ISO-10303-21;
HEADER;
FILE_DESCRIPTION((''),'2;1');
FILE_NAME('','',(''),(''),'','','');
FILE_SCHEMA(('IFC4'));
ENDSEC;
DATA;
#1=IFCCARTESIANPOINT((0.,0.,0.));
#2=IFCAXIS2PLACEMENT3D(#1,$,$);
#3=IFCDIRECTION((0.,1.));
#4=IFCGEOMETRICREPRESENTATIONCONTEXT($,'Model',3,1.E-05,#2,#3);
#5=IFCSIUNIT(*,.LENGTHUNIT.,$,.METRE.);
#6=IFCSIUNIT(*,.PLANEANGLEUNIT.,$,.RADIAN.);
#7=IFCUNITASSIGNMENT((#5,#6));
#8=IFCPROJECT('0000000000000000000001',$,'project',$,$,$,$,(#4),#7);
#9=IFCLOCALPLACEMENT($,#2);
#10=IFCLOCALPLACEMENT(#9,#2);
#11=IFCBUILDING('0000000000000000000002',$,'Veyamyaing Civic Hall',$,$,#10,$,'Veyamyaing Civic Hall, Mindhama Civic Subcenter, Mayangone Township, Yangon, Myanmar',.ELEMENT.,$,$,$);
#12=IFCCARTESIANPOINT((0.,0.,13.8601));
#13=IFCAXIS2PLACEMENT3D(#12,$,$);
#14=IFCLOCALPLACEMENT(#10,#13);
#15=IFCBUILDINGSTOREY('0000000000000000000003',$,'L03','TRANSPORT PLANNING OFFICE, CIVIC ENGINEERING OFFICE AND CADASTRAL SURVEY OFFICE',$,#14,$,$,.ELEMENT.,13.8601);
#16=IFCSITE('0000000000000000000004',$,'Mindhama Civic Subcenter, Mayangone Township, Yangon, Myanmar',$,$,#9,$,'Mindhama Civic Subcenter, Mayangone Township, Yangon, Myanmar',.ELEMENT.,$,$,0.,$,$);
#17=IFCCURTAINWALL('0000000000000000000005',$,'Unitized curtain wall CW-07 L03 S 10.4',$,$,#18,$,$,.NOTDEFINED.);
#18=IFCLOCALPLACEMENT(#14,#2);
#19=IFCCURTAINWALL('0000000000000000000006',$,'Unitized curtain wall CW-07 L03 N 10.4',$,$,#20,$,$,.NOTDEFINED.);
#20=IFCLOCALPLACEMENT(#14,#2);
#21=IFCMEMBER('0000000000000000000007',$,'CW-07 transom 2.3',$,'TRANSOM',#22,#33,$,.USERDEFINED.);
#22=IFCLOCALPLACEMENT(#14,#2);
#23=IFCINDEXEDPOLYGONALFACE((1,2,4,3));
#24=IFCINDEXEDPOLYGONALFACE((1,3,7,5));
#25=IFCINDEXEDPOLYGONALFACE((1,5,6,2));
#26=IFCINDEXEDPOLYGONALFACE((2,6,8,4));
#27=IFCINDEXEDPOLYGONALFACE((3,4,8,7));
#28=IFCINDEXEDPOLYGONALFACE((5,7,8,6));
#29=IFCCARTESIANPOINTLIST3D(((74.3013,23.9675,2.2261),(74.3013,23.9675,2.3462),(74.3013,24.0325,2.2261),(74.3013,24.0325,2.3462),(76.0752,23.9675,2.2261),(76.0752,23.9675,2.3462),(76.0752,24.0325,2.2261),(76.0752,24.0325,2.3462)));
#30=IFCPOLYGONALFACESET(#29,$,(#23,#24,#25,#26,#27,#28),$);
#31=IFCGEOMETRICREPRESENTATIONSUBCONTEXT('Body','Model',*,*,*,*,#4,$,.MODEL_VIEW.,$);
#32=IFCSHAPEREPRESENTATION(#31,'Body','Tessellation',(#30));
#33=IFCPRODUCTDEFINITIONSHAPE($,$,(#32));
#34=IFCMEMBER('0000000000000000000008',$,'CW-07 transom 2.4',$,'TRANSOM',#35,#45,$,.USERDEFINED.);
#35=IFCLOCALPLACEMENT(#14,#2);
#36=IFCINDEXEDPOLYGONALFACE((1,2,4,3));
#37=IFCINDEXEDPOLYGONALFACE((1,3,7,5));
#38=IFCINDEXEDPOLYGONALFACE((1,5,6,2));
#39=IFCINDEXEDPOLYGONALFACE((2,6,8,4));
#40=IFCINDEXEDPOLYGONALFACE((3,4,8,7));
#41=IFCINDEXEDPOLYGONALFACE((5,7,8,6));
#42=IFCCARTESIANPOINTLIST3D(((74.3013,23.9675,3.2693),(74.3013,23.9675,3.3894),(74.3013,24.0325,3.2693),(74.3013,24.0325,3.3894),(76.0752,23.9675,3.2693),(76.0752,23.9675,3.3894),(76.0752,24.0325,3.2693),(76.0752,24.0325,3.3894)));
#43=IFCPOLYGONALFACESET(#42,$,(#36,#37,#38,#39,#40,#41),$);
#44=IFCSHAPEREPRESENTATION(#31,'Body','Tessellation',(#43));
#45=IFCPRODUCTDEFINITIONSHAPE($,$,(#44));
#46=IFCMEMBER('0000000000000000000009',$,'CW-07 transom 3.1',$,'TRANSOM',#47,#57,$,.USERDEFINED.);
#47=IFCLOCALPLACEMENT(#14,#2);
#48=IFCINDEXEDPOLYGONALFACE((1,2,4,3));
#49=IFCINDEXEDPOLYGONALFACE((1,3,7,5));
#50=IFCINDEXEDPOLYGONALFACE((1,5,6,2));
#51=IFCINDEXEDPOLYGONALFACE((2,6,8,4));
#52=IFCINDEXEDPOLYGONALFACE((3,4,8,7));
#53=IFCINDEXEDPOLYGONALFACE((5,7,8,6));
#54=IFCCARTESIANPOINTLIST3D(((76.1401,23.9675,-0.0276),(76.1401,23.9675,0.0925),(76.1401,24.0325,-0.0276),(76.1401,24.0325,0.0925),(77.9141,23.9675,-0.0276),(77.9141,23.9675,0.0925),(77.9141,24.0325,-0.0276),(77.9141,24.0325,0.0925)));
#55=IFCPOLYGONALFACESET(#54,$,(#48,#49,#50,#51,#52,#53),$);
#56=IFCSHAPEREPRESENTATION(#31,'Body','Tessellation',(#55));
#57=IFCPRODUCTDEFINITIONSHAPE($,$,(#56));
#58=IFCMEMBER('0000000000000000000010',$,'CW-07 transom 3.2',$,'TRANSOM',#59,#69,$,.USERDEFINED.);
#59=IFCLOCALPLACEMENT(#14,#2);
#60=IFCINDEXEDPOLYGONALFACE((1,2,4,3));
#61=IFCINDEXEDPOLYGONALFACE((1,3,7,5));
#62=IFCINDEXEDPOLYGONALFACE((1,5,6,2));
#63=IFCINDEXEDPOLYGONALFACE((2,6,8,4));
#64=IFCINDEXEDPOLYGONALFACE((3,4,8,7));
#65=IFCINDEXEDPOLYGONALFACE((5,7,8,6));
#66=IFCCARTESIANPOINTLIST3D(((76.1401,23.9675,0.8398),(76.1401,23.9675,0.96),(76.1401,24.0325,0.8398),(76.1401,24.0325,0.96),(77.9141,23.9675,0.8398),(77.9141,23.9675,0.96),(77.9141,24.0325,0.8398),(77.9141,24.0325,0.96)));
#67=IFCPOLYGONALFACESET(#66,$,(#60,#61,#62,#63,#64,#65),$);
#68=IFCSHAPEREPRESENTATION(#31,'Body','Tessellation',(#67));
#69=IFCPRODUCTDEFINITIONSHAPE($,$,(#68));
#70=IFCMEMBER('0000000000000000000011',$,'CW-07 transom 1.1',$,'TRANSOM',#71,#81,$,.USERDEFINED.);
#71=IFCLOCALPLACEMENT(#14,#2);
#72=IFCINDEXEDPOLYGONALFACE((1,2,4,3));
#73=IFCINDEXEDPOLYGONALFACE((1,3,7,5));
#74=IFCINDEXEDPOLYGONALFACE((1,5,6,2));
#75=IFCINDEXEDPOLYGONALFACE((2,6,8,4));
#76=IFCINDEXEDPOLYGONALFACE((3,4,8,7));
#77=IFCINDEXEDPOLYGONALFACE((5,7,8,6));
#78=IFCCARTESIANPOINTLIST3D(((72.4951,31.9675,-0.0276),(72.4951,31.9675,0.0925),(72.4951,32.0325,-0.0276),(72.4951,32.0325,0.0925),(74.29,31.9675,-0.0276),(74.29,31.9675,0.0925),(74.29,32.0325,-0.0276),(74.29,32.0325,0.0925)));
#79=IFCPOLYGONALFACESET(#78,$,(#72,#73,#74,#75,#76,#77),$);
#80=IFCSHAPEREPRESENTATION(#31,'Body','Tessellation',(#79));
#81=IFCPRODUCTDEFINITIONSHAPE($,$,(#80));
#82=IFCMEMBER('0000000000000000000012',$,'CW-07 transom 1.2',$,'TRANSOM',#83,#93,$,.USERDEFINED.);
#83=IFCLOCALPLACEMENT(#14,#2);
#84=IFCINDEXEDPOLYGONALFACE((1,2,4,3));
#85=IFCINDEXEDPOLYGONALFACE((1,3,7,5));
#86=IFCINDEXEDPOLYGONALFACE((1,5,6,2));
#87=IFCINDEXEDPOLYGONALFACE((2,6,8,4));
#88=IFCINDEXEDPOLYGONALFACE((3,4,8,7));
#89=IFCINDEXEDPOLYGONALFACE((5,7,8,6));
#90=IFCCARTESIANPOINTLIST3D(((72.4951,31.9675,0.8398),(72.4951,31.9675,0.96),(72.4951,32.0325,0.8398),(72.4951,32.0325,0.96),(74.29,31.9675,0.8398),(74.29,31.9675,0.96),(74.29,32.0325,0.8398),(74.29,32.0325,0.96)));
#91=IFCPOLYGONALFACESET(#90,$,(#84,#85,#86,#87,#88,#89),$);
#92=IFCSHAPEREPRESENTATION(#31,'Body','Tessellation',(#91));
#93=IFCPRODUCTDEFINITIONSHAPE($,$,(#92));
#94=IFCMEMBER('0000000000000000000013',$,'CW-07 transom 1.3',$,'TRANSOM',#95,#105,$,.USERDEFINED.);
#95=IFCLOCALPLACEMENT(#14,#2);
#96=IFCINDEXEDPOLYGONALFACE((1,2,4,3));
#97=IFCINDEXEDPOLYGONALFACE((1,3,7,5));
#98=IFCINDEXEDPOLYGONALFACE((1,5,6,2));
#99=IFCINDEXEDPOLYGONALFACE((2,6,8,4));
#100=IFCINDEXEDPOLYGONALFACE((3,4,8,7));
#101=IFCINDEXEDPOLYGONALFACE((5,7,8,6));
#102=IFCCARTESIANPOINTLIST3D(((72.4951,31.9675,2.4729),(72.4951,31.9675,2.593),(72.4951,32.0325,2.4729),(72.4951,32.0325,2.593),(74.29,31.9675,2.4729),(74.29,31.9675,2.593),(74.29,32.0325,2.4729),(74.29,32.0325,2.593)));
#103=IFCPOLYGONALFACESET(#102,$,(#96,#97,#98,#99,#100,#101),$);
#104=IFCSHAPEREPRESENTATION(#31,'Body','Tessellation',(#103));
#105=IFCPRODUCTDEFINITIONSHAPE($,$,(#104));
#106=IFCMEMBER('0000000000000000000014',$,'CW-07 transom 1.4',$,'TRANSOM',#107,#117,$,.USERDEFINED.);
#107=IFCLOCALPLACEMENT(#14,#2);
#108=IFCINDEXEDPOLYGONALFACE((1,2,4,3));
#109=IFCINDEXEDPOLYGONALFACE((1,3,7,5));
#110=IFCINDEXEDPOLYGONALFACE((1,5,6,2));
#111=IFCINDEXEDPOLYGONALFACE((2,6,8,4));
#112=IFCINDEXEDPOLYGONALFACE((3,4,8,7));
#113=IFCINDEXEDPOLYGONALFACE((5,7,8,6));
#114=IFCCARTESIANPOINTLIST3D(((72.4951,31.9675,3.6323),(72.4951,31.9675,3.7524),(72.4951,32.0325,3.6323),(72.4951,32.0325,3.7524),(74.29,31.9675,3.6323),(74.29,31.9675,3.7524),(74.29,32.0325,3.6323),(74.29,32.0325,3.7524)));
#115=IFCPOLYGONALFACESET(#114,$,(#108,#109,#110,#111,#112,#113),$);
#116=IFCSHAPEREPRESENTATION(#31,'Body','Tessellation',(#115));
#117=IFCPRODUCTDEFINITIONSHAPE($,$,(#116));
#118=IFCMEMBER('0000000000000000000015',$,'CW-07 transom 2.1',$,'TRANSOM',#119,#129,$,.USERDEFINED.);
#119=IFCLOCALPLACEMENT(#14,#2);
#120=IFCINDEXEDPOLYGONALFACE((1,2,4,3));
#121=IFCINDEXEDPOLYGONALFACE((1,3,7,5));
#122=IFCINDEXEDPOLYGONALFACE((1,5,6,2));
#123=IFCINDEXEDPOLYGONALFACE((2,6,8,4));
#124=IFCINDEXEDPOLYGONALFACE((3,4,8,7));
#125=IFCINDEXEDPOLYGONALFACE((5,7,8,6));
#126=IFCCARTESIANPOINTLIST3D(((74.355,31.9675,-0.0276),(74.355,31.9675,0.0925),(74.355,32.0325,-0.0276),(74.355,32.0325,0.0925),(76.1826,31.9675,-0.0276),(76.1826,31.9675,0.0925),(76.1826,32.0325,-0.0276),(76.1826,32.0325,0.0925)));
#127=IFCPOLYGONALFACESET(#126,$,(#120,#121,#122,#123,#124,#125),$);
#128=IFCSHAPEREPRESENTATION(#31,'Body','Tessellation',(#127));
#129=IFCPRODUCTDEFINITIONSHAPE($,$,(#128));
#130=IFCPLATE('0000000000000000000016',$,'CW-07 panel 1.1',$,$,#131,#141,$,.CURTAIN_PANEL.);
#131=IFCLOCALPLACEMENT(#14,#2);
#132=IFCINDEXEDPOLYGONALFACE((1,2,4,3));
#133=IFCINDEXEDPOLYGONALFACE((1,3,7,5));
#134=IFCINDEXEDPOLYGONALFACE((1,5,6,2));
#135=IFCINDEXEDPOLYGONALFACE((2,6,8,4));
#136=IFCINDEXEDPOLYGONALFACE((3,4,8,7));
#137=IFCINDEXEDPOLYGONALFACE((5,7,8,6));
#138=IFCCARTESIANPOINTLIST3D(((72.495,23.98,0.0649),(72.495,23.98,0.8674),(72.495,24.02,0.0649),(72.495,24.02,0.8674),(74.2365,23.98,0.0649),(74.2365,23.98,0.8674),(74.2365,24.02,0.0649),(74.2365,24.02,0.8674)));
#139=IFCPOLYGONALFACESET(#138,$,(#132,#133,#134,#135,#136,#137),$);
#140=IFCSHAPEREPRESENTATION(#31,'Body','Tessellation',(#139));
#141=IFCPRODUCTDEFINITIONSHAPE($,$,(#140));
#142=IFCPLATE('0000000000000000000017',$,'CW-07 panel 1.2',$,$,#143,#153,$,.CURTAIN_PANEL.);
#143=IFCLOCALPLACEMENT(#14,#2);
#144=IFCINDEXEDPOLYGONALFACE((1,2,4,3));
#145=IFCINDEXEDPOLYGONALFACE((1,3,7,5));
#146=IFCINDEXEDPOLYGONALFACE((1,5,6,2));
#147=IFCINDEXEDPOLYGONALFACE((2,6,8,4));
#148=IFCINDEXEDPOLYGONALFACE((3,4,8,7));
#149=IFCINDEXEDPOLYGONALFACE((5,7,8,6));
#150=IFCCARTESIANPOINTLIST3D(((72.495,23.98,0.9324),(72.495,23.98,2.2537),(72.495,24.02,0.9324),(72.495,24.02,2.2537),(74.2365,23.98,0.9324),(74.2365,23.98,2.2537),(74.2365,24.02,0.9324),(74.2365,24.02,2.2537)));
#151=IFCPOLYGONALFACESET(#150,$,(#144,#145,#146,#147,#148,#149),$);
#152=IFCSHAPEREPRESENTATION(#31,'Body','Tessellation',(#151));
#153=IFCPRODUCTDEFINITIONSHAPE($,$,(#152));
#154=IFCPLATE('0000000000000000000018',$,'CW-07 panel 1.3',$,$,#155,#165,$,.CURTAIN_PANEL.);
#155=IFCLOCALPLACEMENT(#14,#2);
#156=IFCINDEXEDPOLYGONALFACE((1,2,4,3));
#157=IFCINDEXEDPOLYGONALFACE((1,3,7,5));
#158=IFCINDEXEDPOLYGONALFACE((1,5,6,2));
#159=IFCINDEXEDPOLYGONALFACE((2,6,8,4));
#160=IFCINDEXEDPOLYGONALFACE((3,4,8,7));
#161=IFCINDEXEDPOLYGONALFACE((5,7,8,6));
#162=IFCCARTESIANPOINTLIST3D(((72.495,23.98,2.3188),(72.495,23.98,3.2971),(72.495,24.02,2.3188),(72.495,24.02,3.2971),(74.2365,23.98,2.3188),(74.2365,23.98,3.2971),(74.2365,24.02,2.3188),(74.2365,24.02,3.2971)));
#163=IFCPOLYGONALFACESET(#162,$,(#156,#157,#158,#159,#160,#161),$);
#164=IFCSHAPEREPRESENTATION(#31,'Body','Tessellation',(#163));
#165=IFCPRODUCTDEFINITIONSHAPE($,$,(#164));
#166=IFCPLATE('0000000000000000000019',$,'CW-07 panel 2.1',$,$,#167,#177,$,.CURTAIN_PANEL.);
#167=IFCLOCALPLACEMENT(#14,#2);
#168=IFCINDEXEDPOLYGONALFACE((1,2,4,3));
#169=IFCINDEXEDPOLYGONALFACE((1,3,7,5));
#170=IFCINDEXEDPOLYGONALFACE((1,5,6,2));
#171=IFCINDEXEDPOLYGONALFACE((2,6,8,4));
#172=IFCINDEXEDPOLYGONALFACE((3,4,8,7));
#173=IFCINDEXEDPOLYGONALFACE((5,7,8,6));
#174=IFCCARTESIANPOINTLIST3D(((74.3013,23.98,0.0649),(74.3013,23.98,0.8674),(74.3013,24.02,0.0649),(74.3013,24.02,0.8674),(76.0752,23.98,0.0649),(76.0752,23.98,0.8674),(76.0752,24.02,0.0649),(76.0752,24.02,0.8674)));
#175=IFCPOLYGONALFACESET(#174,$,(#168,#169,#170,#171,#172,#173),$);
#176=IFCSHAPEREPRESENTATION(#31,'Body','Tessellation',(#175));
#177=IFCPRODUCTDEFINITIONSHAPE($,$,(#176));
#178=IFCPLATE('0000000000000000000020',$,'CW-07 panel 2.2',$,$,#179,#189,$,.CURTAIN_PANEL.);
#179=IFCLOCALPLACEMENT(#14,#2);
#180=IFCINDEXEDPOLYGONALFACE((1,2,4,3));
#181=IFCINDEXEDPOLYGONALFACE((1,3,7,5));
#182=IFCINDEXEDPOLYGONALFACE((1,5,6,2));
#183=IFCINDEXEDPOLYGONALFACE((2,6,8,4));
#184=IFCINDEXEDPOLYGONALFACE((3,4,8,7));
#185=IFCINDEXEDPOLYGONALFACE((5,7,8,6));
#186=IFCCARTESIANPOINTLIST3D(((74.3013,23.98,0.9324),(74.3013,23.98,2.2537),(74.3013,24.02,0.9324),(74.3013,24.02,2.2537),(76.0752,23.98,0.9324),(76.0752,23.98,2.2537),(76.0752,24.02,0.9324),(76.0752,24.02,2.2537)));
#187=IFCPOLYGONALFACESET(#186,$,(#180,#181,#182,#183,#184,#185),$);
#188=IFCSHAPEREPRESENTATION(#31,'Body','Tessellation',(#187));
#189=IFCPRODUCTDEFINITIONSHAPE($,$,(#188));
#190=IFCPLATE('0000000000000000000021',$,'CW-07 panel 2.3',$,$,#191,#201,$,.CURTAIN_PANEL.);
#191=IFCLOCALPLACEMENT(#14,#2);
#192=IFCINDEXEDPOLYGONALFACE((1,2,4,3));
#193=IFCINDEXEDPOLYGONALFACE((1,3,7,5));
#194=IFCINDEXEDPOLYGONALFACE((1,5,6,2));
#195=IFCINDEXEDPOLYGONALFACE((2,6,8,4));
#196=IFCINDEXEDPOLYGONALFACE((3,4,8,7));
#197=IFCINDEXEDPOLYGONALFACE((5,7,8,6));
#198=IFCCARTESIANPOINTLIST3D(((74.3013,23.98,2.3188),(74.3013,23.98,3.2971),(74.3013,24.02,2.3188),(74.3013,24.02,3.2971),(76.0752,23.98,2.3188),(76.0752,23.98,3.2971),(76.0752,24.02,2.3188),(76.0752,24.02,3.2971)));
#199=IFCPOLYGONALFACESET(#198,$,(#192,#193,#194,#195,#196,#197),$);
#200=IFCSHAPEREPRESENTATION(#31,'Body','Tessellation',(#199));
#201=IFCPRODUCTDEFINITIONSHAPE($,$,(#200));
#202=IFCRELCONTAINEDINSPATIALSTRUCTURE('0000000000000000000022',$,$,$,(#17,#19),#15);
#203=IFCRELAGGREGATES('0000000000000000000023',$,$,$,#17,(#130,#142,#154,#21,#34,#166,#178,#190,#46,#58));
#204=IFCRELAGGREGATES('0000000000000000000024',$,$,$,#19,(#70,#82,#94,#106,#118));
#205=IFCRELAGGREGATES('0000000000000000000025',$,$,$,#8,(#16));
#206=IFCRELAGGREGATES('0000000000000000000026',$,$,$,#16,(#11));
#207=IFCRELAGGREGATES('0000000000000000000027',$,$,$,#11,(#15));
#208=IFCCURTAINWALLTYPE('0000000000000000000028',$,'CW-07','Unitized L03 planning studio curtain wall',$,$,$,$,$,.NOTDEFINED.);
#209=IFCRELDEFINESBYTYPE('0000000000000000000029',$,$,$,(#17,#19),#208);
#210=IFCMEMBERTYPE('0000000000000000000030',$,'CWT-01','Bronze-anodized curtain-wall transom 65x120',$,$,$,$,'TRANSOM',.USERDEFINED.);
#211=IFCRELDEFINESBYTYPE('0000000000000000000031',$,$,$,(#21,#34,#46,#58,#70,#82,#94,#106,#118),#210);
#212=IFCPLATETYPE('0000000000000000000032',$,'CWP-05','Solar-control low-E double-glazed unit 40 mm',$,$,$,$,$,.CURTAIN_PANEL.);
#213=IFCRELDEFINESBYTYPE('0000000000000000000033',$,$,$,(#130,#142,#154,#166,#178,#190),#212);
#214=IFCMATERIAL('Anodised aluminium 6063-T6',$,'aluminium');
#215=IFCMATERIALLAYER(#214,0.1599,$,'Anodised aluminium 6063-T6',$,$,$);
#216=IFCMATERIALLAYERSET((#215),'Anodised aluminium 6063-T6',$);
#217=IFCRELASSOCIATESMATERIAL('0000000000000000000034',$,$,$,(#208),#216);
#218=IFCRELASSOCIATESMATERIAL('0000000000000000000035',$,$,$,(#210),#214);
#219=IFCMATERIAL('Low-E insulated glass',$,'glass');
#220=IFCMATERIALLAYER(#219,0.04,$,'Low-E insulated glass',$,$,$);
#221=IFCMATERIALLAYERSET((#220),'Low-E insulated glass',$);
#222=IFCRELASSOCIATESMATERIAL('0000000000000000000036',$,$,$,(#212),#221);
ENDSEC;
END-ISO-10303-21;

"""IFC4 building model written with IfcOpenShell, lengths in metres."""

from ifc_helpers import new_model, si_unit, direction, frame, origin, origin_2d, place, context, subcontext, project, spatial, rectangle, extrude, material, layer, layer_set, material_profile, profile_set, type_object, element, aggregate, save


model = new_model("IFC4")

# Units and contexts
model_context = context("Model", 3, precision=1e-05, world=origin(), true_north=direction((0.0, 1.0)))
body_context = subcontext(model_context, "Body", "Model", "MODEL_VIEW")
ifc_project = project(units=[si_unit("LENGTHUNIT", "METRE"), si_unit("PLANEANGLEUNIT", "RADIAN")], contexts=[model_context])

# Site, building, storey
site_placement = place(None, origin())
site = spatial("IfcSite", under=ifc_project, at=site_placement, Name="Mindhama Civic Subcenter, Mayangone Township, Yangon, Myanmar", LongName="Mindhama Civic Subcenter, Mayangone Township, Yangon, Myanmar", CompositionType="ELEMENT", RefElevation=0.0)
building_placement = place(site_placement, origin())
building = spatial("IfcBuilding", under=site, at=building_placement, Name="Veyamyaing Civic Hall", LongName="Veyamyaing Civic Hall, Mindhama Civic Subcenter, Mayangone Township, Yangon, Myanmar", CompositionType="ELEMENT")
storey_placement = place(building_placement, frame((0.0, 0.0, 13.8601)))
storey = spatial("IfcBuildingStorey", under=building, at=storey_placement, Name="L03", Description="TRANSPORT PLANNING OFFICE, CIVIC ENGINEERING OFFICE AND CADASTRAL SURVEY OFFICE", CompositionType="ELEMENT", Elevation=13.8601)

# Curtain walls
ifc_material_1 = material(Name="Anodised aluminium 6063-T6", Category="aluminium")
ifc_layer_1 = layer(ifc_material_1, 0.1599, Name="Anodised aluminium 6063-T6")
ifc_layer_set_1 = layer_set([ifc_layer_1], Name="Anodised aluminium 6063-T6")
curtain_wall_type = type_object("IfcCurtainWallType", Name="CW-07", Description="Unitized L03 planning studio curtain wall", PredefinedType="NOTDEFINED", material=ifc_layer_set_1)
curtain_wall_1_placement = place(storey_placement, origin())
curtain_wall_1 = element("IfcCurtainWall", 1, at=curtain_wall_1_placement, inside=storey, type_object=curtain_wall_type, Name="Unitized curtain wall CW-07 L03 S 10.4", PredefinedType="NOTDEFINED")
curtain_wall_2_placement = place(storey_placement, origin())
curtain_wall_2 = element("IfcCurtainWall", 2, at=curtain_wall_2_placement, inside=storey, type_object=curtain_wall_type, Name="Unitized curtain wall CW-07 L03 N 10.4", PredefinedType="NOTDEFINED")

# Members
ifc_material_profile_1 = material_profile(ifc_material_1, rectangle(XDim=0.0649, YDim=0.1201, at=origin_2d()), Name="ALU-TRN-65X120")
ifc_profile_set_1 = profile_set([ifc_material_profile_1], Name="Anodised aluminium 6063-T6")
member_type_1 = type_object("IfcMemberType", Name="CWT-01", Description="Bronze-anodized curtain-wall transom 65x120", ElementType="TRANSOM", PredefinedType="USERDEFINED", material=ifc_profile_set_1)
member_1_placement = place(storey_placement, frame((74.3013, 24.0, 2.2861), z_axis=(1.0, 0.0, 0.0), x_axis=(0.0, 1.0, 0.0)))
member_1 = element("IfcMember", 3, at=member_1_placement, type_object=member_type_1, Name="CW-07 transom 2.3", ObjectType="TRANSOM", PredefinedType="USERDEFINED", context=body_context, shape_type="SweptSolid", body=[
    extrude(rectangle(XDim=0.0649, YDim=0.1201, at=origin_2d()), origin(), (0.0, 0.0, 1.0), 1.7739),
])
member_2_placement = place(storey_placement, frame((74.3013, 24.0, 3.3293), z_axis=(1.0, 0.0, 0.0), x_axis=(0.0, 1.0, 0.0)))
member_2 = element("IfcMember", 4, at=member_2_placement, type_object=member_type_1, Name="CW-07 transom 2.4", ObjectType="TRANSOM", PredefinedType="USERDEFINED", context=body_context, shape_type="SweptSolid", body=[
    extrude(rectangle(XDim=0.0649, YDim=0.1201, at=origin_2d()), origin(), (0.0, 0.0, 1.0), 1.7739),
])
member_3_placement = place(storey_placement, frame((76.1401, 24.0, 0.0325), z_axis=(1.0, 0.0, 0.0), x_axis=(0.0, 1.0, 0.0)))
member_3 = element("IfcMember", 5, at=member_3_placement, type_object=member_type_1, Name="CW-07 transom 3.1", ObjectType="TRANSOM", PredefinedType="USERDEFINED", context=body_context, shape_type="SweptSolid", body=[
    extrude(rectangle(XDim=0.0649, YDim=0.1201, at=origin_2d()), origin(), (0.0, 0.0, 1.0), 1.7739),
])
member_4_placement = place(storey_placement, frame((76.1401, 24.0, 0.8999), z_axis=(1.0, 0.0, 0.0), x_axis=(0.0, 1.0, 0.0)))
member_4 = element("IfcMember", 6, at=member_4_placement, type_object=member_type_1, Name="CW-07 transom 3.2", ObjectType="TRANSOM", PredefinedType="USERDEFINED", context=body_context, shape_type="SweptSolid", body=[
    extrude(rectangle(XDim=0.0649, YDim=0.1201, at=origin_2d()), origin(), (0.0, 0.0, 1.0), 1.7739),
])
member_5_placement = place(storey_placement, frame((72.4951, 32.0, 0.0325), z_axis=(1.0, 0.0, 0.0), x_axis=(0.0, 1.0, 0.0)))
member_5 = element("IfcMember", 7, at=member_5_placement, type_object=member_type_1, Name="CW-07 transom 1.1", ObjectType="TRANSOM", PredefinedType="USERDEFINED", context=body_context, shape_type="SweptSolid", body=[
    extrude(rectangle(XDim=0.0649, YDim=0.1201, at=origin_2d()), origin(), (0.0, 0.0, 1.0), 1.7949),
])
member_6_placement = place(storey_placement, frame((72.4951, 32.0, 0.8999), z_axis=(1.0, 0.0, 0.0), x_axis=(0.0, 1.0, 0.0)))
member_6 = element("IfcMember", 8, at=member_6_placement, type_object=member_type_1, Name="CW-07 transom 1.2", ObjectType="TRANSOM", PredefinedType="USERDEFINED", context=body_context, shape_type="SweptSolid", body=[
    extrude(rectangle(XDim=0.0649, YDim=0.1201, at=origin_2d()), origin(), (0.0, 0.0, 1.0), 1.7949),
])
member_7_placement = place(storey_placement, frame((72.4951, 32.0, 2.533), z_axis=(1.0, 0.0, 0.0), x_axis=(0.0, 1.0, 0.0)))
member_7 = element("IfcMember", 9, at=member_7_placement, type_object=member_type_1, Name="CW-07 transom 1.3", ObjectType="TRANSOM", PredefinedType="USERDEFINED", context=body_context, shape_type="SweptSolid", body=[
    extrude(rectangle(XDim=0.0649, YDim=0.1201, at=origin_2d()), origin(), (0.0, 0.0, 1.0), 1.7949),
])
member_8_placement = place(storey_placement, frame((72.4951, 32.0, 3.6924), z_axis=(1.0, 0.0, 0.0), x_axis=(0.0, 1.0, 0.0)))
member_8 = element("IfcMember", 10, at=member_8_placement, type_object=member_type_1, Name="CW-07 transom 1.4", ObjectType="TRANSOM", PredefinedType="USERDEFINED", context=body_context, shape_type="SweptSolid", body=[
    extrude(rectangle(XDim=0.0649, YDim=0.1201, at=origin_2d()), origin(), (0.0, 0.0, 1.0), 1.7949),
])
member_9_placement = place(storey_placement, frame((74.355, 32.0, 0.0325), z_axis=(1.0, 0.0, 0.0), x_axis=(0.0, 1.0, 0.0)))
member_9 = element("IfcMember", 11, at=member_9_placement, type_object=member_type_1, Name="CW-07 transom 2.1", ObjectType="TRANSOM", PredefinedType="USERDEFINED", context=body_context, shape_type="SweptSolid", body=[
    extrude(rectangle(XDim=0.0649, YDim=0.1201, at=origin_2d()), origin(), (0.0, 0.0, 1.0), 1.8276),
])

# Plates
ifc_material_2 = material(Name="Low-E insulated glass", Category="glass")
ifc_layer_2 = layer(ifc_material_2, 0.04, Name="Low-E insulated glass")
ifc_layer_set_2 = layer_set([ifc_layer_2], Name="Low-E insulated glass")
plate_type = type_object("IfcPlateType", Name="CWP-05", Description="Solar-control low-E double-glazed unit 40 mm", PredefinedType="CURTAIN_PANEL", material=ifc_layer_set_2)
plate_1_placement = place(storey_placement, frame((73.3657, 24.0, 0.0649), z_axis=(0.0, 0.0, 1.0), x_axis=(1.0, 0.0, 0.0)))
plate_1 = element("IfcPlate", 12, at=plate_1_placement, type_object=plate_type, Name="CW-07 panel 1.1", PredefinedType="CURTAIN_PANEL", context=body_context, shape_type="SweptSolid", body=[
    extrude(rectangle(XDim=1.7415, YDim=0.04, at=origin_2d()), origin(), (0.0, 0.0, 1.0), 0.8025),
])
plate_2_placement = place(storey_placement, frame((73.3657, 24.0, 0.9324), z_axis=(0.0, 0.0, 1.0), x_axis=(1.0, 0.0, 0.0)))
plate_2 = element("IfcPlate", 13, at=plate_2_placement, type_object=plate_type, Name="CW-07 panel 1.2", PredefinedType="CURTAIN_PANEL", context=body_context, shape_type="SweptSolid", body=[
    extrude(rectangle(XDim=1.7415, YDim=0.04, at=origin_2d()), origin(), (0.0, 0.0, 1.0), 1.3213),
])
plate_3_placement = place(storey_placement, frame((73.3657, 24.0, 2.3188), z_axis=(0.0, 0.0, 1.0), x_axis=(1.0, 0.0, 0.0)))
plate_3 = element("IfcPlate", 14, at=plate_3_placement, type_object=plate_type, Name="CW-07 panel 1.3", PredefinedType="CURTAIN_PANEL", context=body_context, shape_type="SweptSolid", body=[
    extrude(rectangle(XDim=1.7415, YDim=0.04, at=origin_2d()), origin(), (0.0, 0.0, 1.0), 0.9783),
])
plate_4_placement = place(storey_placement, frame((75.1882, 24.0, 0.0649), z_axis=(0.0, 0.0, 1.0), x_axis=(1.0, 0.0, 0.0)))
plate_4 = element("IfcPlate", 15, at=plate_4_placement, type_object=plate_type, Name="CW-07 panel 2.1", PredefinedType="CURTAIN_PANEL", context=body_context, shape_type="SweptSolid", body=[
    extrude(rectangle(XDim=1.7739, YDim=0.04, at=origin_2d()), origin(), (0.0, 0.0, 1.0), 0.8025),
])
plate_5_placement = place(storey_placement, frame((75.1882, 24.0, 0.9324), z_axis=(0.0, 0.0, 1.0), x_axis=(1.0, 0.0, 0.0)))
plate_5 = element("IfcPlate", 16, at=plate_5_placement, type_object=plate_type, Name="CW-07 panel 2.2", PredefinedType="CURTAIN_PANEL", context=body_context, shape_type="SweptSolid", body=[
    extrude(rectangle(XDim=1.7739, YDim=0.04, at=origin_2d()), origin(), (0.0, 0.0, 1.0), 1.3213),
])
plate_6_placement = place(storey_placement, frame((75.1882, 24.0, 2.3188), z_axis=(0.0, 0.0, 1.0), x_axis=(1.0, 0.0, 0.0)))
plate_6 = element("IfcPlate", 17, at=plate_6_placement, type_object=plate_type, Name="CW-07 panel 2.3", PredefinedType="CURTAIN_PANEL", context=body_context, shape_type="SweptSolid", body=[
    extrude(rectangle(XDim=1.7739, YDim=0.04, at=origin_2d()), origin(), (0.0, 0.0, 1.0), 0.9783),
])
aggregate(curtain_wall_1, [plate_1, plate_2, plate_3, member_1, member_2, plate_4, plate_5, plate_6, member_3, member_4])
aggregate(curtain_wall_2, [member_5, member_6, member_7, member_8, member_9])

save(model, "model.ifc")
